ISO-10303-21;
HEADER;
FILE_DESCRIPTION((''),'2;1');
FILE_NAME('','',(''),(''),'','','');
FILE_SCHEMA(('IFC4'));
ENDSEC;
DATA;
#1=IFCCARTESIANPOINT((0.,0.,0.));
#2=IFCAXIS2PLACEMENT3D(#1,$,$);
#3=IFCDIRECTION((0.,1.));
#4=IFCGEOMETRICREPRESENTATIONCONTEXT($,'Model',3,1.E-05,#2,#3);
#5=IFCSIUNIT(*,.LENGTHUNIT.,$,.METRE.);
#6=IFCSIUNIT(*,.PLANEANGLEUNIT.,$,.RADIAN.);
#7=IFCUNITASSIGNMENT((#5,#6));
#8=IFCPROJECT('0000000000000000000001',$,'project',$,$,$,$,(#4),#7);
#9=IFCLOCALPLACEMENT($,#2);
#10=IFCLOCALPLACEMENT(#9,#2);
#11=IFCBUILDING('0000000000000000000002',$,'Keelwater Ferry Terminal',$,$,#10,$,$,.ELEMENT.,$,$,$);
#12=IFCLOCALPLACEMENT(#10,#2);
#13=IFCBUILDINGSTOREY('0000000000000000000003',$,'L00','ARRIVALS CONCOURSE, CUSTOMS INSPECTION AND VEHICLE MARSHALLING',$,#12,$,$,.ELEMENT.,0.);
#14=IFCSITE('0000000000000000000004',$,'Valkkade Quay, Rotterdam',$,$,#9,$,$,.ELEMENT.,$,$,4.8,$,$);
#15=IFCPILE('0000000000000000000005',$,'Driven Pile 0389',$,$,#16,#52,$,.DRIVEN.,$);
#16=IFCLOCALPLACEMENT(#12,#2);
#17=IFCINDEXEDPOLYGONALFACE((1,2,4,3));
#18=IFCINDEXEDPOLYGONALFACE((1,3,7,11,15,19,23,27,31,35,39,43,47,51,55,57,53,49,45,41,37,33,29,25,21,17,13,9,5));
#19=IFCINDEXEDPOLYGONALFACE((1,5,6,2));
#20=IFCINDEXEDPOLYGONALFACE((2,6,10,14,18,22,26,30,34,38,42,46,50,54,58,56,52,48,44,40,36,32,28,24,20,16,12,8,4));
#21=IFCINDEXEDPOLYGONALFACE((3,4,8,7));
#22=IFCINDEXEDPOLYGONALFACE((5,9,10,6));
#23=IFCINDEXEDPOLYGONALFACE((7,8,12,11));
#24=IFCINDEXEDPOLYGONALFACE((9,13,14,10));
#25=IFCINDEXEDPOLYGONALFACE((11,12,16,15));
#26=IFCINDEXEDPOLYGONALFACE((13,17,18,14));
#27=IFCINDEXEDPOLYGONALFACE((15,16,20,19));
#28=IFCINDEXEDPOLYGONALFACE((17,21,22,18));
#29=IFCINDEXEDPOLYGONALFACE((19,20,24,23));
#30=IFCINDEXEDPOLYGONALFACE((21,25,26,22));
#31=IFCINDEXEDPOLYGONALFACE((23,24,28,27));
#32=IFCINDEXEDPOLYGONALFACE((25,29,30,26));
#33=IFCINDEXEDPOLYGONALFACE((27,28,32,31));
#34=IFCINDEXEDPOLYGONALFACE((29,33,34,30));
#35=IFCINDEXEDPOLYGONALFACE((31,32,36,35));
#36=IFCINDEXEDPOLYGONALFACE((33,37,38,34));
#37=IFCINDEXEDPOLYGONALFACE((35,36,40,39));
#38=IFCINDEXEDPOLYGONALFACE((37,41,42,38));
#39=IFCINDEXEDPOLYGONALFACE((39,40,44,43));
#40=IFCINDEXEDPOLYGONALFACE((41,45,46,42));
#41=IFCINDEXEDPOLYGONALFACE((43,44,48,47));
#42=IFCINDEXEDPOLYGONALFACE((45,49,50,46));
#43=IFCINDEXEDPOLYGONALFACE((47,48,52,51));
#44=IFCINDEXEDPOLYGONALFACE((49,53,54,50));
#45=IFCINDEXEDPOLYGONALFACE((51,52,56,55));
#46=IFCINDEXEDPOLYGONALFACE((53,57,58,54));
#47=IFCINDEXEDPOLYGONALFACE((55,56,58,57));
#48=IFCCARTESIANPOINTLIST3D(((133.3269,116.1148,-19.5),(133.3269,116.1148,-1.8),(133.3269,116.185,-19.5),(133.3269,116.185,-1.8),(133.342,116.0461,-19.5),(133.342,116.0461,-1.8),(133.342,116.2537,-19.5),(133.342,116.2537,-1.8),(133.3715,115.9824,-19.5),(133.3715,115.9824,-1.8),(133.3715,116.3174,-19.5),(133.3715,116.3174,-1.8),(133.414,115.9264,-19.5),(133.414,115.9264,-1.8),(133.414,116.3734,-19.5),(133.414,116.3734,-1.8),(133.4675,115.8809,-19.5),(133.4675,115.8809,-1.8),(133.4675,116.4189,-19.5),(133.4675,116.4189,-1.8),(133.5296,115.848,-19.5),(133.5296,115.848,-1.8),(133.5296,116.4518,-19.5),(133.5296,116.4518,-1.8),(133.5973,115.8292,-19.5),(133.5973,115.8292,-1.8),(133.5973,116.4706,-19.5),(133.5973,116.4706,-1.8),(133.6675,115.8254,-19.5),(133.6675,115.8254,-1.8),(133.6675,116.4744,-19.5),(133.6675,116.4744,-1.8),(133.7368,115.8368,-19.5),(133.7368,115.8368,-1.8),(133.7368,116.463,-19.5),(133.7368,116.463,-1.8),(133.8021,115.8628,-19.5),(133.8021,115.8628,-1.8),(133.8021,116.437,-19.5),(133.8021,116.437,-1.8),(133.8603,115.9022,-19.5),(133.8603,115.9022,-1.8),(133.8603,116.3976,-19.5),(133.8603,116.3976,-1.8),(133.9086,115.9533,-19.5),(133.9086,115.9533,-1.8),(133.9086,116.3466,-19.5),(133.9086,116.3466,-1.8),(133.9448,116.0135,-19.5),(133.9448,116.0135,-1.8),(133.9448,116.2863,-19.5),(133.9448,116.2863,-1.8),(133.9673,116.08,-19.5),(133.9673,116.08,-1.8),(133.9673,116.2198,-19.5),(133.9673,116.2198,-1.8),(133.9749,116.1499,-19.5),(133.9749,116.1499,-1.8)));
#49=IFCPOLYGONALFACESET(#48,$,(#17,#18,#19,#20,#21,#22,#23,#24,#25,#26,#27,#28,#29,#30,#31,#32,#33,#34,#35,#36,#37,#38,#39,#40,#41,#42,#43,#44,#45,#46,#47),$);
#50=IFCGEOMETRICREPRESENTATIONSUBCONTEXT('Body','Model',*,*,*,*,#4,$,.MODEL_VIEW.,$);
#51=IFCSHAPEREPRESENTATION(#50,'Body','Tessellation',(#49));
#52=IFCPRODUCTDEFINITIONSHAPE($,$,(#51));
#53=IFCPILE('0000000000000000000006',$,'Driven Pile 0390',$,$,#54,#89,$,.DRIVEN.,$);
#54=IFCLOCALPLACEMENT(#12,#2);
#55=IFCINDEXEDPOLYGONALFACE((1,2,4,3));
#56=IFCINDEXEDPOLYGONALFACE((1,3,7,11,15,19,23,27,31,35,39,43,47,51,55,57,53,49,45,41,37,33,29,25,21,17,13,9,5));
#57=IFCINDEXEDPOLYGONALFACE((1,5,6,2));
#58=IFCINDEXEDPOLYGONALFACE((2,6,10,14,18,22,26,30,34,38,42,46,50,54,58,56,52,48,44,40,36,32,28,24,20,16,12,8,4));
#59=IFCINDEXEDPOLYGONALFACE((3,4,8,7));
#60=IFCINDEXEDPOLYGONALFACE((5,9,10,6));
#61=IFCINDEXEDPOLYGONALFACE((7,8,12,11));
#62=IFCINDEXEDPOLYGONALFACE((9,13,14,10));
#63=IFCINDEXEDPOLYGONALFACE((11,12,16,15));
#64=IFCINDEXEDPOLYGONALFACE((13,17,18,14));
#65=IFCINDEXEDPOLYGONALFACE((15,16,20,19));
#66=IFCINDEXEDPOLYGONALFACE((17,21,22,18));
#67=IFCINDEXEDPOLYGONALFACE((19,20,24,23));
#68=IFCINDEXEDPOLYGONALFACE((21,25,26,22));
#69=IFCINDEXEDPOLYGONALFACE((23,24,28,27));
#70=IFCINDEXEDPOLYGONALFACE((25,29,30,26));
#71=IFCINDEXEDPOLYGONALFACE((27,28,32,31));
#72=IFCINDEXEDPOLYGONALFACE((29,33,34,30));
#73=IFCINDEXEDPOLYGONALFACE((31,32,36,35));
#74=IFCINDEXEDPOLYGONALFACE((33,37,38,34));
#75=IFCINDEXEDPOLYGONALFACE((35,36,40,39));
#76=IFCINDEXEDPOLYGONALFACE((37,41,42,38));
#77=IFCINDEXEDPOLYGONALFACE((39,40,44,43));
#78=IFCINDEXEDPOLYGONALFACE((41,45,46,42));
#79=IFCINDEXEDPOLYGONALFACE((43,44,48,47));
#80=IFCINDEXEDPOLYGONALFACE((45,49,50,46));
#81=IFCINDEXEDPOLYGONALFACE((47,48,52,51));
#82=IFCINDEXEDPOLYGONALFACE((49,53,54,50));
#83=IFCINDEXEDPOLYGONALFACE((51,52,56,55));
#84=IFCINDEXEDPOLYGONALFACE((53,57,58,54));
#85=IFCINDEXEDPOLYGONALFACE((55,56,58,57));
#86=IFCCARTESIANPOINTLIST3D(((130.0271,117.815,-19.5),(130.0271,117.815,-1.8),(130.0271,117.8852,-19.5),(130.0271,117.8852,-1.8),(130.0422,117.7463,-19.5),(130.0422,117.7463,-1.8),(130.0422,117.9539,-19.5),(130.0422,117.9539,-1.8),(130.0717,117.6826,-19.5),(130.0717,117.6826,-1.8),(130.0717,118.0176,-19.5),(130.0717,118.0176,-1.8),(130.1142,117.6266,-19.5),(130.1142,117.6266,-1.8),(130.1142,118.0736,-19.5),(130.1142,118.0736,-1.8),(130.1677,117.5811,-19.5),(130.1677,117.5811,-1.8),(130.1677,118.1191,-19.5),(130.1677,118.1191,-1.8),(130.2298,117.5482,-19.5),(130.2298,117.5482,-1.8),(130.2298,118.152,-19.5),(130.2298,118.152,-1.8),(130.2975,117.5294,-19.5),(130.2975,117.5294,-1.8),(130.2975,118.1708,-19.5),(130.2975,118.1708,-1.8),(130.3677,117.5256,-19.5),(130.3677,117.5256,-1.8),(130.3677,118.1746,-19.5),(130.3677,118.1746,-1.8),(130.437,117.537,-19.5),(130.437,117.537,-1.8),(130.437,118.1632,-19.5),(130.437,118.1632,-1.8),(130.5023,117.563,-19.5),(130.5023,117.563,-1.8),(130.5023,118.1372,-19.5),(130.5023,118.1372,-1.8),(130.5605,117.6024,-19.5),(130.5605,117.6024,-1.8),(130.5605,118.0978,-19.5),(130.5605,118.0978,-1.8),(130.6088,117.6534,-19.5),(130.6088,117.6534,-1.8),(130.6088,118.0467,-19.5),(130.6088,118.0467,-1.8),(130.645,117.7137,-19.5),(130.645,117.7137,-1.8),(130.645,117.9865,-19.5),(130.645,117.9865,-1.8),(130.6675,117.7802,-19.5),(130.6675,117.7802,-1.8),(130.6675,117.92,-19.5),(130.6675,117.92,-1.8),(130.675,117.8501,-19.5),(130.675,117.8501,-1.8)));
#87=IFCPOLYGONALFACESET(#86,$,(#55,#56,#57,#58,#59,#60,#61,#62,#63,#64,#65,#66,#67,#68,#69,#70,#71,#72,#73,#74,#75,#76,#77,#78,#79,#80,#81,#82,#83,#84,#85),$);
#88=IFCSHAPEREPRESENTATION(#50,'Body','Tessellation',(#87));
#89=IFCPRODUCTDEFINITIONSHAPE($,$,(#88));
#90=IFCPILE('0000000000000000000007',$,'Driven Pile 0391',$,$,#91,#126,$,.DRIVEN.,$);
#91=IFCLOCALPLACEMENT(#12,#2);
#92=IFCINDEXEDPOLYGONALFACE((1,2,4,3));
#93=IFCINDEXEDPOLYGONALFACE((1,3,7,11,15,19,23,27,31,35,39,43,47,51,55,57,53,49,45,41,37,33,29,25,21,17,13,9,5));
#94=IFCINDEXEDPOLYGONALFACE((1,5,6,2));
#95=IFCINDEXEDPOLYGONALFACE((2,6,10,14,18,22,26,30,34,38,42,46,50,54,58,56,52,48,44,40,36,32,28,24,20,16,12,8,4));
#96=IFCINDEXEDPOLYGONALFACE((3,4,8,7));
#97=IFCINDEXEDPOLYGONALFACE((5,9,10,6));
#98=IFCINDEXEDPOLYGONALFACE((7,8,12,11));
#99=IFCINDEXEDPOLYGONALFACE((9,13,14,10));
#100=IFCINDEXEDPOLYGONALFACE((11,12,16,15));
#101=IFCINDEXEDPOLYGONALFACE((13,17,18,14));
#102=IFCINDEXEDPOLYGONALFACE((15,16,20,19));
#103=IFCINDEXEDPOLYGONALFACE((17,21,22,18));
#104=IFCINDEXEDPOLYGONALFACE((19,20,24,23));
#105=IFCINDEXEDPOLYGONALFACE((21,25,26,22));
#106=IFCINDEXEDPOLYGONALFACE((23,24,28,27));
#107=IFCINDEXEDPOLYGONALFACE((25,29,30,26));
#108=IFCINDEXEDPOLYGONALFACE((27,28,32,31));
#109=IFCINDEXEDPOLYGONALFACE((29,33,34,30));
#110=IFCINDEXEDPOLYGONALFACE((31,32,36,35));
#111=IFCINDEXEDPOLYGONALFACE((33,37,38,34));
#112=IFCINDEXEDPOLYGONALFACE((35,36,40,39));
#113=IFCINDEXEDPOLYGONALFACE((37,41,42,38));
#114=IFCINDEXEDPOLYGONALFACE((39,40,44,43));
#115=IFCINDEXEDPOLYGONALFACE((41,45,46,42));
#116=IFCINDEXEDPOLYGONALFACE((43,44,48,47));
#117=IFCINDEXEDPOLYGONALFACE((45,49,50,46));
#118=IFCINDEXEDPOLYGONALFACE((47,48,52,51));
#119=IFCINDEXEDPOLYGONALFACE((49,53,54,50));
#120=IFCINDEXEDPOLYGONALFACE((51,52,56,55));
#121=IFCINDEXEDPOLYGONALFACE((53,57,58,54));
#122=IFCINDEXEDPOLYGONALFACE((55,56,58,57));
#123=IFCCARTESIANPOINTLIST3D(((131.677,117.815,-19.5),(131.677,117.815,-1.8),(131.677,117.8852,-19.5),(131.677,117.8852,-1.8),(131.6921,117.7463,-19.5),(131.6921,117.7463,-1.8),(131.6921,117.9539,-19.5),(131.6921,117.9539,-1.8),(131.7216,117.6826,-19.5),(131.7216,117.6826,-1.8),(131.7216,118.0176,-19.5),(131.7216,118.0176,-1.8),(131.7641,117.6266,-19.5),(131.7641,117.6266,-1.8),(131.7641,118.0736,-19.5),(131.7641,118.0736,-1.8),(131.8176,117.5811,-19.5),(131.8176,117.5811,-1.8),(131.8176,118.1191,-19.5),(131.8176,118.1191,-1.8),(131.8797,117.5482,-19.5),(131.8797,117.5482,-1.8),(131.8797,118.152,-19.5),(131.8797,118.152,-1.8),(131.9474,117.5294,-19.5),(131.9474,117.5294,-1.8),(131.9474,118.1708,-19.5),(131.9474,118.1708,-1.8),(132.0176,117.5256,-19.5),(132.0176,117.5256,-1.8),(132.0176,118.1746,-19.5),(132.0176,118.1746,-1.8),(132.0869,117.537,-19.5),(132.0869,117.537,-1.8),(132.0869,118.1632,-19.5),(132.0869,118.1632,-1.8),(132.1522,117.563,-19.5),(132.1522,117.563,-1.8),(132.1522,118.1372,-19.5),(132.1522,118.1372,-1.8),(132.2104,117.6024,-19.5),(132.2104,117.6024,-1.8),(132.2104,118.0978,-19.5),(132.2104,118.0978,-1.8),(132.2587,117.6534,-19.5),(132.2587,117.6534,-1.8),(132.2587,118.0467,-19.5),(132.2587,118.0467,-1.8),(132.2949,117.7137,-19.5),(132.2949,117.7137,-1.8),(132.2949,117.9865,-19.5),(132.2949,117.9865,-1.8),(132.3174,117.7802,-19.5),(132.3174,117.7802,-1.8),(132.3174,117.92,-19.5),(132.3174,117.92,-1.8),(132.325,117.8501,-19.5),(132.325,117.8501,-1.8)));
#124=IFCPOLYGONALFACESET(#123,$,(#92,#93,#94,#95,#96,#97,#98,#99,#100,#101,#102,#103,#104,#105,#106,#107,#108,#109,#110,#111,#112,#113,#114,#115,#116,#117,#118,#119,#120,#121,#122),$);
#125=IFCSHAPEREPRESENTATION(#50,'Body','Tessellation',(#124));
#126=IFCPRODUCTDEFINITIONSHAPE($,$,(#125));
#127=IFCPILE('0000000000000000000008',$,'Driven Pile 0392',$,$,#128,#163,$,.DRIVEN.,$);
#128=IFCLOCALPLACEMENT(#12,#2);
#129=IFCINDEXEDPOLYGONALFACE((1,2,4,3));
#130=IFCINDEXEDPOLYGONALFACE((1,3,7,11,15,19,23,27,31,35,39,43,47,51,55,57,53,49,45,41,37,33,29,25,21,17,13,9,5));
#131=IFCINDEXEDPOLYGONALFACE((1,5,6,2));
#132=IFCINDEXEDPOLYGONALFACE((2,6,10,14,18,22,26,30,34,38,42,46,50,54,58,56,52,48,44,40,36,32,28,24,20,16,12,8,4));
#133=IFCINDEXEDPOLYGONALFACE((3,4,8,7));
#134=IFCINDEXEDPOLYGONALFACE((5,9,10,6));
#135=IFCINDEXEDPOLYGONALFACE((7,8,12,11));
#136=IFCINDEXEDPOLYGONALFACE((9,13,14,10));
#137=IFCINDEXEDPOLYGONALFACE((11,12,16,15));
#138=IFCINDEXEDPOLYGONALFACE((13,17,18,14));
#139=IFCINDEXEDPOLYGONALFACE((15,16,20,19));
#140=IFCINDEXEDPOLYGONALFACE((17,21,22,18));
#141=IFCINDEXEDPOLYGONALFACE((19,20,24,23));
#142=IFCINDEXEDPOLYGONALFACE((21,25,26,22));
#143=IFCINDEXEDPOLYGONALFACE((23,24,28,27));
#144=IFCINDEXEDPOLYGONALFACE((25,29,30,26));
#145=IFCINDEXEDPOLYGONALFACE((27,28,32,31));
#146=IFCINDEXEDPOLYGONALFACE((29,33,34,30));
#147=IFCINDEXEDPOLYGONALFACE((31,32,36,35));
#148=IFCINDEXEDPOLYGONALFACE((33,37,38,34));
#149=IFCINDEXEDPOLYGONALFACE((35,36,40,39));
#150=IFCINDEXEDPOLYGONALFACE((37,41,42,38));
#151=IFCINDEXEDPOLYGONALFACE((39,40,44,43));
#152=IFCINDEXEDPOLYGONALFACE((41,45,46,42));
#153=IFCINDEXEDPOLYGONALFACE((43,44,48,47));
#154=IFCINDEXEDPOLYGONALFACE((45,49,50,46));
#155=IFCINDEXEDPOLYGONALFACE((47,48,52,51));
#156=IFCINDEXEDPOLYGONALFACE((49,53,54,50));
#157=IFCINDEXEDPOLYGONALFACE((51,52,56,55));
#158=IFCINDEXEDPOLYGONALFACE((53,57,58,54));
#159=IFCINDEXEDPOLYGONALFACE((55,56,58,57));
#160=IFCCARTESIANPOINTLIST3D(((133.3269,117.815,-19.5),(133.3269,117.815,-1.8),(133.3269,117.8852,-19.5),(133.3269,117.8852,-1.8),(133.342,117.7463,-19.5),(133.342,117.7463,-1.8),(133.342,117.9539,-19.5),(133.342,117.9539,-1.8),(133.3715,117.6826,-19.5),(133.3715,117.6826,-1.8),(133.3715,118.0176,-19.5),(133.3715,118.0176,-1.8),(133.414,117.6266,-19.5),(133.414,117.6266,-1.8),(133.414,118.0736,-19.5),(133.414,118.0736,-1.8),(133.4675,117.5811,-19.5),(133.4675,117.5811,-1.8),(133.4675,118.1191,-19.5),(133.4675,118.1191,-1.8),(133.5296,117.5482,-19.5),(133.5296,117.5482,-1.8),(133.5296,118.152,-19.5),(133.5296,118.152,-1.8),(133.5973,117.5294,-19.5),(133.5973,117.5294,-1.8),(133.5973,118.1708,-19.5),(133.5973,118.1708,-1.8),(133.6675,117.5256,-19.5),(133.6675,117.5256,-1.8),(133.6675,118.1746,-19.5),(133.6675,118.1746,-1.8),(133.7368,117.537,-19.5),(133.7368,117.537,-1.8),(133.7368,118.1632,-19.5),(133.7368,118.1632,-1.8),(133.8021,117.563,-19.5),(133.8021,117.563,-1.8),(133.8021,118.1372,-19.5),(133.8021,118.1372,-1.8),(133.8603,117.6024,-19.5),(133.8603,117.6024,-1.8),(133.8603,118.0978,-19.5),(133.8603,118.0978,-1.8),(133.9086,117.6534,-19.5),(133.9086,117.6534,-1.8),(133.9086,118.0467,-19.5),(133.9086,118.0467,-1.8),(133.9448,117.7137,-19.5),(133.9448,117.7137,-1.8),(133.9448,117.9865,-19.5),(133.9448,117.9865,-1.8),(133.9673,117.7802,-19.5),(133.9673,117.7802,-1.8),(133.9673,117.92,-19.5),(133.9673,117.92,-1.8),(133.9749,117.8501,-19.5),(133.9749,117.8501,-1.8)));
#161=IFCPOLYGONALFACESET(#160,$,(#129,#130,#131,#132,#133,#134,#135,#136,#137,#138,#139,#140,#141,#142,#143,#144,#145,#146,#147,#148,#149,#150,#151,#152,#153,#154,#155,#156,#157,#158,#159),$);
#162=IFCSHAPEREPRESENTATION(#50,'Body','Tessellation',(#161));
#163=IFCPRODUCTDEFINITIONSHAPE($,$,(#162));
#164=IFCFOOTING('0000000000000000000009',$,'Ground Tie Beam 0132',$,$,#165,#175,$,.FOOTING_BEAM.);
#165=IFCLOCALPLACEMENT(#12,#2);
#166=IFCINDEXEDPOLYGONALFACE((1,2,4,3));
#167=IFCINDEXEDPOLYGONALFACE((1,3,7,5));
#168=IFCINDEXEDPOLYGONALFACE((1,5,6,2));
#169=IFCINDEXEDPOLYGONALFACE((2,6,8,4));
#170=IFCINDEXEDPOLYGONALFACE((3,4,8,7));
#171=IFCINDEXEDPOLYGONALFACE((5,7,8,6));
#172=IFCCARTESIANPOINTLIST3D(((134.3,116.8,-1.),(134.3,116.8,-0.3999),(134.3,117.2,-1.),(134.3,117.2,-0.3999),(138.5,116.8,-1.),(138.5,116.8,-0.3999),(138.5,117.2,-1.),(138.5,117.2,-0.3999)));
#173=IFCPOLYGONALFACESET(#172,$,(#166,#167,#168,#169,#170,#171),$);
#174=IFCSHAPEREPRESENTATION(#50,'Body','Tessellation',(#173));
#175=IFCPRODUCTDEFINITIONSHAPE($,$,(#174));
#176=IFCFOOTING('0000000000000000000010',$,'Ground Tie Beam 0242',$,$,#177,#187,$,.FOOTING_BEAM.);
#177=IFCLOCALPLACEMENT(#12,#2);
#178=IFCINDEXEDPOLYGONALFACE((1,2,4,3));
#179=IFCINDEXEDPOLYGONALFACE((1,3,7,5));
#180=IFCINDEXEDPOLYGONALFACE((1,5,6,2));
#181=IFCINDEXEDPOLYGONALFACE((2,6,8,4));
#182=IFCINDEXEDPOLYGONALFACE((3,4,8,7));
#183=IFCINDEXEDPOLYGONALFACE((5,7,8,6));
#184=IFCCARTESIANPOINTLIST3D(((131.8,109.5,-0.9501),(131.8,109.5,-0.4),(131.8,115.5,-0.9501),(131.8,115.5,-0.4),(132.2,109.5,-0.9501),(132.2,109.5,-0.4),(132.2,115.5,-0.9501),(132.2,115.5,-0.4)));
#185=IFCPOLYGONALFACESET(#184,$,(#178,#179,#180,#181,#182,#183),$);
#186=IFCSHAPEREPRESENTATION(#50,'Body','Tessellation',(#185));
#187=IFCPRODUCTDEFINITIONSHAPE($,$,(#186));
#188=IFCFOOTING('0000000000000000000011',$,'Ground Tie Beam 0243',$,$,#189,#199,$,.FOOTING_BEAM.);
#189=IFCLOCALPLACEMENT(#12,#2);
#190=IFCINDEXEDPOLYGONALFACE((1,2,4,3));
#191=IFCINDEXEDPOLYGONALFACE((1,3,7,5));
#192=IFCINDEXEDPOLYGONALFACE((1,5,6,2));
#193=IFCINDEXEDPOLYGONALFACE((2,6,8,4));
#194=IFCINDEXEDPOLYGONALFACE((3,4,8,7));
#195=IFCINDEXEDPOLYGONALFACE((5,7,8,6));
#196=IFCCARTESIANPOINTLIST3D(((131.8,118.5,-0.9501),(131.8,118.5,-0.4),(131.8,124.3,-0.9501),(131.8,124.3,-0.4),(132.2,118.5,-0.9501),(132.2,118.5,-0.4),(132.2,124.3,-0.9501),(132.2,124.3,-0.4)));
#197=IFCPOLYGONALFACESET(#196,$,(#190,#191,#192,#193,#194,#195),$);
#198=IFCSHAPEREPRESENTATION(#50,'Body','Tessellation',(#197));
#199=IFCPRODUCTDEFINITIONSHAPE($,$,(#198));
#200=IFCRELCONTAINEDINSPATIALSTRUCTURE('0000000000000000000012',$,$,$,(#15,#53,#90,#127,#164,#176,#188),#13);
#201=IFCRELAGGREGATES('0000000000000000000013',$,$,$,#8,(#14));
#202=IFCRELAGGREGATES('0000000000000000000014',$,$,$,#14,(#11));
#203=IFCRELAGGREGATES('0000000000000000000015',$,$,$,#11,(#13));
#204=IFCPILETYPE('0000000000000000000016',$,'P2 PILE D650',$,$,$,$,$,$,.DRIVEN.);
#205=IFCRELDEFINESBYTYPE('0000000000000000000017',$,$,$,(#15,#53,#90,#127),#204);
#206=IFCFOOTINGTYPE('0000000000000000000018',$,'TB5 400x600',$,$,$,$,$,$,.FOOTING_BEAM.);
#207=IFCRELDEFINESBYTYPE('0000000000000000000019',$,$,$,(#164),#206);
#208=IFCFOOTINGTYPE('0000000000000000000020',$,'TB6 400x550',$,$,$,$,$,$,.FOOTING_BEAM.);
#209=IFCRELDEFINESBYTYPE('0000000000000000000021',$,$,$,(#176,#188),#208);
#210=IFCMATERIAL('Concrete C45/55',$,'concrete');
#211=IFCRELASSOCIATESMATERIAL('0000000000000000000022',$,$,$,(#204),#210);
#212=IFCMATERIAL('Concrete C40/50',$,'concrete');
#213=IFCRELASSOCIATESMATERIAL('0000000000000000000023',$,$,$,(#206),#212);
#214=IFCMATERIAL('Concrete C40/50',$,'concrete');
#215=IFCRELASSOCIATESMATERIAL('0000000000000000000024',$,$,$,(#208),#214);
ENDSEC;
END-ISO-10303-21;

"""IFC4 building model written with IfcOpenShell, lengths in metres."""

from ifc_helpers import new_model, si_unit, direction, frame, origin, origin_2d, place, context, subcontext, project, spatial, rectangle, circle, extrude, material, material_profile, profile_set, type_object, element, save


model = new_model("IFC4")

# Units and contexts
model_context = context("Model", 3, precision=1e-05, world=origin(), true_north=direction((0.0, 1.0)))
body_context = subcontext(model_context, "Body", "Model", "MODEL_VIEW")
ifc_project = project(units=[si_unit("LENGTHUNIT", "METRE"), si_unit("PLANEANGLEUNIT", "RADIAN")], contexts=[model_context])

# Site, building, storey
site_placement = place(None, origin())
site = spatial("IfcSite", under=ifc_project, at=site_placement, Name="Valkkade Quay, Rotterdam", CompositionType="ELEMENT", RefElevation=4.8)
building_placement = place(site_placement, origin())
building = spatial("IfcBuilding", under=site, at=building_placement, Name="Keelwater Ferry Terminal", CompositionType="ELEMENT")
storey_placement = place(building_placement, origin())
storey = spatial("IfcBuildingStorey", under=building, at=storey_placement, Name="L00", Description="ARRIVALS CONCOURSE, CUSTOMS INSPECTION AND VEHICLE MARSHALLING", CompositionType="ELEMENT", Elevation=0.0)

# Piles
ifc_material_1 = material(Name="Concrete C45/55", Category="concrete")
ifc_material_profile_1 = material_profile(ifc_material_1, circle(Radius=0.325, at=origin_2d()), Name="PILE D650")
ifc_profile_set_1 = profile_set([ifc_material_profile_1], Name="Concrete C45/55")
pile_type = type_object("IfcPileType", Name="P2 PILE D650", PredefinedType="DRIVEN", material=ifc_profile_set_1)
for number, where, z_axis, x_axis, name in (
    (1, (133.6499, 116.1499, -1.8), (0.0, 0.0, -1.0), (1.0, 0.0, 0.0), "Driven Pile 0389"),
    (2, (130.3501, 117.8501, -1.8), (0.0, 0.0, -1.0), (1.0, 0.0, 0.0), "Driven Pile 0390"),
    (3, (132.0, 117.8501, -1.8), (0.0, 0.0, -1.0), (1.0, 0.0, 0.0), "Driven Pile 0391"),
    (4, (133.6499, 117.8501, -1.8), (0.0, 0.0, -1.0), (1.0, 0.0, 0.0), "Driven Pile 0392"),
):
    element("IfcPile", number, at=place(storey_placement, frame(where, z_axis=z_axis, x_axis=x_axis)), inside=storey, type_object=pile_type, Name=name, PredefinedType="DRIVEN", context=body_context, shape_type="SweptSolid", body=[
        extrude(circle(Radius=0.325, at=origin_2d()), origin(), (0.0, 0.0, 1.0), 17.7),
    ])

# Footings
ifc_material_2 = material(Name="Concrete C40/50", Category="concrete")
ifc_material_profile_2 = material_profile(ifc_material_2, rectangle(XDim=0.3999, YDim=0.6001, at=origin_2d()), Name="TB 400x600")
ifc_profile_set_2 = profile_set([ifc_material_profile_2], Name="Concrete C40/50")
footing_type_1 = type_object("IfcFootingType", Name="TB5 400x600", PredefinedType="FOOTING_BEAM", material=ifc_profile_set_2)
footing_1_placement = place(storey_placement, frame((134.3, 117.0, -0.7), z_axis=(1.0, 0.0, 0.0), x_axis=(0.0, 1.0, 0.0)))
element("IfcFooting", 5, at=footing_1_placement, inside=storey, type_object=footing_type_1, Name="Ground Tie Beam 0132", PredefinedType="FOOTING_BEAM", context=body_context, shape_type="SweptSolid", body=[
    extrude(rectangle(XDim=0.3999, YDim=0.6001, at=origin_2d()), origin(), (0.0, 0.0, 1.0), 4.2),
])
ifc_material_3 = material(Name="Concrete C40/50", Category="concrete")
ifc_material_profile_3 = material_profile(ifc_material_3, rectangle(XDim=0.3999, YDim=0.55, at=origin_2d()), Name="TB 400x550")
ifc_profile_set_3 = profile_set([ifc_material_profile_3], Name="Concrete C40/50")
footing_type_2 = type_object("IfcFootingType", Name="TB6 400x550", PredefinedType="FOOTING_BEAM", material=ifc_profile_set_3)
footing_2_placement = place(storey_placement, frame((132.0, 109.5, -0.675), z_axis=(0.0, 1.0, 0.0), x_axis=(-1.0, 0.0, 0.0)))
element("IfcFooting", 6, at=footing_2_placement, inside=storey, type_object=footing_type_2, Name="Ground Tie Beam 0242", PredefinedType="FOOTING_BEAM", context=body_context, shape_type="SweptSolid", body=[
    extrude(rectangle(XDim=0.3999, YDim=0.55, at=origin_2d()), origin(), (0.0, 0.0, 1.0), 6.0),
])
footing_3_placement = place(storey_placement, frame((132.0, 118.5, -0.675), z_axis=(0.0, 1.0, 0.0), x_axis=(-1.0, 0.0, 0.0)))
element("IfcFooting", 7, at=footing_3_placement, inside=storey, type_object=footing_type_2, Name="Ground Tie Beam 0243", PredefinedType="FOOTING_BEAM", context=body_context, shape_type="SweptSolid", body=[
    extrude(rectangle(XDim=0.3999, YDim=0.55, at=origin_2d()), origin(), (0.0, 0.0, 1.0), 5.8),
])

save(model, "model.ifc")
